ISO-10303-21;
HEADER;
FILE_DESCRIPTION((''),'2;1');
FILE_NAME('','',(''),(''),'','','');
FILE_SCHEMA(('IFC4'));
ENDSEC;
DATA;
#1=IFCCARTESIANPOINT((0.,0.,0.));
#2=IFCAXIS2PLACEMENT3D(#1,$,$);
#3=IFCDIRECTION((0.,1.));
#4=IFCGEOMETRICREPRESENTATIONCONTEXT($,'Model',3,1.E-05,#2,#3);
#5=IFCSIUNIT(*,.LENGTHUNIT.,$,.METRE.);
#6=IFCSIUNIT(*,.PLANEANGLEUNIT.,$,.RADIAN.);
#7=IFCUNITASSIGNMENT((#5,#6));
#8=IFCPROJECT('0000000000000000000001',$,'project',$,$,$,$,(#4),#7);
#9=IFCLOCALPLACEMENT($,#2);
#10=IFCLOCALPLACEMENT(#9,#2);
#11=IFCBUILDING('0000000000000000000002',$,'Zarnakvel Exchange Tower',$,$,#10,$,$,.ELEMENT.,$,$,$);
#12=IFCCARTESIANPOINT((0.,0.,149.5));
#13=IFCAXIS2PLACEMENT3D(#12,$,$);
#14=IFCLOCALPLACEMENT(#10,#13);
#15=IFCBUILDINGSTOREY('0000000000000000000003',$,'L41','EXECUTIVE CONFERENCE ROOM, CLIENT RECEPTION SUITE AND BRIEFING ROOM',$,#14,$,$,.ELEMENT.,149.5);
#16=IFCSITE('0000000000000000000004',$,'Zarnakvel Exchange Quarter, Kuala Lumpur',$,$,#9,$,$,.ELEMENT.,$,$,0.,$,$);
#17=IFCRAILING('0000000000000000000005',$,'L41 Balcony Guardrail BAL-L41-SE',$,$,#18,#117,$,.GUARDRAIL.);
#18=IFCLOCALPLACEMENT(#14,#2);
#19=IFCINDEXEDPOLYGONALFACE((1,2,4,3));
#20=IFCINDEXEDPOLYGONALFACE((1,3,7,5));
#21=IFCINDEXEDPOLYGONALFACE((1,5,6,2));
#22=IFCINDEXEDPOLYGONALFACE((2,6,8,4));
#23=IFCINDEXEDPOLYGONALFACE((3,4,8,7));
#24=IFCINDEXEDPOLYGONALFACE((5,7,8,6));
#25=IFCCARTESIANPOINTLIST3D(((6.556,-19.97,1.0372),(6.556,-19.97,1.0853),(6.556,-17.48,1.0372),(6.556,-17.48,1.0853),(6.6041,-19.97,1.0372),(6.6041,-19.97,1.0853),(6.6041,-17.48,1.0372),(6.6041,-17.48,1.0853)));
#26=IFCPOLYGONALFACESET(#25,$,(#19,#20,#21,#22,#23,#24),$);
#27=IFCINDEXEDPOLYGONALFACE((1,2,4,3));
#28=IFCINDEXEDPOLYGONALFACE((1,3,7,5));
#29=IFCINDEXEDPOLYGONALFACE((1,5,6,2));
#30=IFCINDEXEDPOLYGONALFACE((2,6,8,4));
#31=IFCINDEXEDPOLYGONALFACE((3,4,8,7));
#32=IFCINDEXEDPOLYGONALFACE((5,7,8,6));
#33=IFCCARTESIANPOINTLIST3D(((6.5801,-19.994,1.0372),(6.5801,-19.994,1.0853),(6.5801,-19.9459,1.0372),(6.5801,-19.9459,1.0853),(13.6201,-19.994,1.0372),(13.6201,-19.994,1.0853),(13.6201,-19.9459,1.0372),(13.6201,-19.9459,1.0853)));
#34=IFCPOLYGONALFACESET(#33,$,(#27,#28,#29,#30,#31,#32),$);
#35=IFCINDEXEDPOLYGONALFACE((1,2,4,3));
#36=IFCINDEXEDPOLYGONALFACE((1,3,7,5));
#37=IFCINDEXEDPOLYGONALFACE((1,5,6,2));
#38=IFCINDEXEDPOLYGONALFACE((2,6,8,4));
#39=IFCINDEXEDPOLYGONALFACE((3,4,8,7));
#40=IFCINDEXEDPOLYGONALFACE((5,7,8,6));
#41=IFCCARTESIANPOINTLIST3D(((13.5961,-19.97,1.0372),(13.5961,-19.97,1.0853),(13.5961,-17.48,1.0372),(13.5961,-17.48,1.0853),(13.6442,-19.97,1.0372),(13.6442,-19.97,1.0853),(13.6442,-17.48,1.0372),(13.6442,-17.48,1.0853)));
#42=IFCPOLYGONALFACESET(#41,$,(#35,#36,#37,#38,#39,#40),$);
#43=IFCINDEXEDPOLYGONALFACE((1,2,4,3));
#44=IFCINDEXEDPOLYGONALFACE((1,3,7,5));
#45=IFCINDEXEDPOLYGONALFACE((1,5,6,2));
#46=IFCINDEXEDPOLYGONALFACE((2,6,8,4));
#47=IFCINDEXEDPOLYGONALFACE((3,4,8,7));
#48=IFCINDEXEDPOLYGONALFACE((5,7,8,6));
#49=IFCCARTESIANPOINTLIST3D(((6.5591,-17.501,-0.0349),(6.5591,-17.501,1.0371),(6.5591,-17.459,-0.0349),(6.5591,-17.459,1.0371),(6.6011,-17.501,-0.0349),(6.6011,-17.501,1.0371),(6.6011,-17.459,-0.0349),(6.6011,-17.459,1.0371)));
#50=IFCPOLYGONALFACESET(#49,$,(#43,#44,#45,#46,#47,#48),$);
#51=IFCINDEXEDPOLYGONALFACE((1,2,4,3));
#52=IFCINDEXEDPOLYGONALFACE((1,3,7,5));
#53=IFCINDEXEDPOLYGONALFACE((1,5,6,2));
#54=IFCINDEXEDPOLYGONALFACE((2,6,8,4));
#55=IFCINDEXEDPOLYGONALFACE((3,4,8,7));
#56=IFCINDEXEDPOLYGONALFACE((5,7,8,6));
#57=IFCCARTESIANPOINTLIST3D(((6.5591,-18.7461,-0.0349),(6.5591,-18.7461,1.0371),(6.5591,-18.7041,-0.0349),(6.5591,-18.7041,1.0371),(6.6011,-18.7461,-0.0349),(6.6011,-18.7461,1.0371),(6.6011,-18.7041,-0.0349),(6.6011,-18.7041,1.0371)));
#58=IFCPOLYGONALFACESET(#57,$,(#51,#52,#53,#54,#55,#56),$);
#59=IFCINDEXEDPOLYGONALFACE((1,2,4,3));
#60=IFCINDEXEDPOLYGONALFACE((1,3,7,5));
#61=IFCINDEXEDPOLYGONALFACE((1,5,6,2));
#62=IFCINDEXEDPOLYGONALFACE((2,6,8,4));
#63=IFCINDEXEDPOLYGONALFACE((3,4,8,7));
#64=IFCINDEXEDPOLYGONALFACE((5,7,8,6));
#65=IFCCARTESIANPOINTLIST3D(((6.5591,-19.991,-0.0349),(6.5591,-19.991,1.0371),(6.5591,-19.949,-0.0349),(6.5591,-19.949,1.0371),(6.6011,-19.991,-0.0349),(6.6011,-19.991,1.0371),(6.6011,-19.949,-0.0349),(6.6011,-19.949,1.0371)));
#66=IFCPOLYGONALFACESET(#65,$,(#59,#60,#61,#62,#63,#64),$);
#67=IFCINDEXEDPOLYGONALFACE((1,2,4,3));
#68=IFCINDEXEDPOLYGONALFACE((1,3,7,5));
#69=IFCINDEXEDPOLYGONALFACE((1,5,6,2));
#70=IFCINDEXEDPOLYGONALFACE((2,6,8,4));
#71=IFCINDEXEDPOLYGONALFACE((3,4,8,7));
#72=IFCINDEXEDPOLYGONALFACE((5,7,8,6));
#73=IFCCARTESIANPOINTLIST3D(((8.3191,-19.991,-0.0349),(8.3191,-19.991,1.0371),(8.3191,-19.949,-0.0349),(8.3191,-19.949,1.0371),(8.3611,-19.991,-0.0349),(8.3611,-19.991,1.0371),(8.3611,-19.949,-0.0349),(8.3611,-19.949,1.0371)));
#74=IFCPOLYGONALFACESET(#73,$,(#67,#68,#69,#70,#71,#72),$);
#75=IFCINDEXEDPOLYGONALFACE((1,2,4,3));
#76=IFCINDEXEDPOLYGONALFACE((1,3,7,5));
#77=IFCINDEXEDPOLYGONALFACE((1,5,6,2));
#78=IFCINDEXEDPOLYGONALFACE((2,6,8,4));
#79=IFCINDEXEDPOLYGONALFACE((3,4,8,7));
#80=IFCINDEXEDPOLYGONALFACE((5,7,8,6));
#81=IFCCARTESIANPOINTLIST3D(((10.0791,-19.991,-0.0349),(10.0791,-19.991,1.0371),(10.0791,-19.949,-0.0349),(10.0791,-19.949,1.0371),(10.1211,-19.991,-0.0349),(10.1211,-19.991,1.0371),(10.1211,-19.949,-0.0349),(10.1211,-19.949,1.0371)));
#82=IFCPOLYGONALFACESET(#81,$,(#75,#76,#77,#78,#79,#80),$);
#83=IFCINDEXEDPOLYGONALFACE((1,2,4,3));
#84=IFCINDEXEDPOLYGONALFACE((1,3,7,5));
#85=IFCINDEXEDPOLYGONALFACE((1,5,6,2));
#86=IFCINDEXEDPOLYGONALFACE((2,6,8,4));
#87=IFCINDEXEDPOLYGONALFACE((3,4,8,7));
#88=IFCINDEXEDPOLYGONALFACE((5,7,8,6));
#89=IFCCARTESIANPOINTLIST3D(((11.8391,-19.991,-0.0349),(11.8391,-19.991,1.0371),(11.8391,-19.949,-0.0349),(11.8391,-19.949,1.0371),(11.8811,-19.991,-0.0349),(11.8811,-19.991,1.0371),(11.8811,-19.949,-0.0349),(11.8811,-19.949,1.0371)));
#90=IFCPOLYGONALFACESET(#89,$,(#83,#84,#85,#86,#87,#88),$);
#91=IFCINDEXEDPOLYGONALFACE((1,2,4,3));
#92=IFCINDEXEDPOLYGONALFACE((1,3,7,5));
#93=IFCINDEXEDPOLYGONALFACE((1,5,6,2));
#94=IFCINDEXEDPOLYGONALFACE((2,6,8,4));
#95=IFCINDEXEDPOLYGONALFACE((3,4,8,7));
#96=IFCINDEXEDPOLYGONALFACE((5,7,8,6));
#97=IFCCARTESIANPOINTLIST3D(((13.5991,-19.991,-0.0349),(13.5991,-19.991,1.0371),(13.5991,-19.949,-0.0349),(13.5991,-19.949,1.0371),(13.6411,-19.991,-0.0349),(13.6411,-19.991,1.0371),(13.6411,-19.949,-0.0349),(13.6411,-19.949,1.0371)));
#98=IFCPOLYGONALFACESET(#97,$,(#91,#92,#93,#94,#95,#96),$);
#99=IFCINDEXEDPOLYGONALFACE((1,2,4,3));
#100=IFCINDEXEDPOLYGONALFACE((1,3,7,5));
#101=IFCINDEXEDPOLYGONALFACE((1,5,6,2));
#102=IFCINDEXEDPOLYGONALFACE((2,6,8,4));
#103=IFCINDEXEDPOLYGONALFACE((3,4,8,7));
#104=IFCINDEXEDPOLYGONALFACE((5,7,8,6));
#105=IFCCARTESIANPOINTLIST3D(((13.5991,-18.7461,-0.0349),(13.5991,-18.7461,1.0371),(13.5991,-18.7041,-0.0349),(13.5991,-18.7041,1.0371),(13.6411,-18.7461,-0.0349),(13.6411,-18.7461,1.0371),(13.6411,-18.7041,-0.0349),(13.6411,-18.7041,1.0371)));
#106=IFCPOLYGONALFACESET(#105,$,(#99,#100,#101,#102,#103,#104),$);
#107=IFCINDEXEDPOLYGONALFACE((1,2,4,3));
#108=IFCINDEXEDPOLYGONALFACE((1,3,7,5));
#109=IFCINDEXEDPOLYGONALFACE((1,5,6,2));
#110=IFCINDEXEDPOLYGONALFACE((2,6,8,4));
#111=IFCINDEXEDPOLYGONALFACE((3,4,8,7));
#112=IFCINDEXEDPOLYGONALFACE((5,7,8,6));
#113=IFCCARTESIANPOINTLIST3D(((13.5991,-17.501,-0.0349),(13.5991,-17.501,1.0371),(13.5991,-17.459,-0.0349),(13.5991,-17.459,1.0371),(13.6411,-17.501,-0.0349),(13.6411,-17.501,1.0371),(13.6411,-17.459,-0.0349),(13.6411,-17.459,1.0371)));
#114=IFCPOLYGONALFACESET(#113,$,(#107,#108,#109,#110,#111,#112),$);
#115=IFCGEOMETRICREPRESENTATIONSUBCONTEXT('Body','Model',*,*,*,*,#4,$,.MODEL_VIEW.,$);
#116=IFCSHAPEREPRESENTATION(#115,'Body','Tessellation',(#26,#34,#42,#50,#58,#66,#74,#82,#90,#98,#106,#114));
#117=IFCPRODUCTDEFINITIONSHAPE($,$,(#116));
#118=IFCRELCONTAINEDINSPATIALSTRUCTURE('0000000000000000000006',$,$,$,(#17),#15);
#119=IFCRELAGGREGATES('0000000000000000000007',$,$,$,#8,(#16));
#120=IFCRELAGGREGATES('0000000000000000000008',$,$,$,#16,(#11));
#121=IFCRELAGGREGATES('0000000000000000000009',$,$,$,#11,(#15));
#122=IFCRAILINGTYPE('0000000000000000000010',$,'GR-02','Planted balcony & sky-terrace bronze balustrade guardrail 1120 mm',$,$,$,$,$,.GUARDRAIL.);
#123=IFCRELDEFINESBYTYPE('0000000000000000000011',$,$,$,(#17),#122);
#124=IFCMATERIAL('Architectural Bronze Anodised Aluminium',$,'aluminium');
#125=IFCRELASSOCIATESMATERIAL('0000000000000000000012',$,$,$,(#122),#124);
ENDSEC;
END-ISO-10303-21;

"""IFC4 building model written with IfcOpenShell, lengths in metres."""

from ifc_helpers import new_model, si_unit, direction, frame, origin, origin_2d, place, context, subcontext, project, spatial, rectangle, extrude, material, type_object, element, save


model = new_model("IFC4")

# Units and contexts
model_context = context("Model", 3, precision=1e-05, world=origin(), true_north=direction((0.0, 1.0)))
body_context = subcontext(model_context, "Body", "Model", "MODEL_VIEW")
ifc_project = project(units=[si_unit("LENGTHUNIT", "METRE"), si_unit("PLANEANGLEUNIT", "RADIAN")], contexts=[model_context])

# Site, building, storey
site_placement = place(None, origin())
site = spatial("IfcSite", under=ifc_project, at=site_placement, Name="Zarnakvel Exchange Quarter, Kuala Lumpur", CompositionType="ELEMENT", RefElevation=0.0)
building_placement = place(site_placement, origin())
building = spatial("IfcBuilding", under=site, at=building_placement, Name="Zarnakvel Exchange Tower", CompositionType="ELEMENT")
storey_placement = place(building_placement, frame((0.0, 0.0, 149.5)))
storey = spatial("IfcBuildingStorey", under=building, at=storey_placement, Name="L41", Description="EXECUTIVE CONFERENCE ROOM, CLIENT RECEPTION SUITE AND BRIEFING ROOM", CompositionType="ELEMENT", Elevation=149.5)

# Shared definitions
ifc_material_1 = material(Name="Architectural Bronze Anodised Aluminium", Category="aluminium")

# Railing
railing_type = type_object("IfcRailingType", Name="GR-02", Description="Planted balcony & sky-terrace bronze balustrade guardrail 1120 mm", PredefinedType="GUARDRAIL", material=ifc_material_1)
railing_placement = place(storey_placement, frame((6.5801, -17.48, -0.0349)))
element("IfcRailing", 1, at=railing_placement, inside=storey, type_object=railing_type, Name="L41 Balcony Guardrail BAL-L41-SE", PredefinedType="GUARDRAIL", context=body_context, shape_type="SweptSolid", body=[
    extrude(rectangle(XDim=0.0481, YDim=0.0481, at=origin_2d()), frame((0.0, 0.0, 1.0962), z_axis=(0.0, -1.0, 0.0), x_axis=(1.0, 0.0, 0.0)), (0.0, 0.0, 1.0), 2.49),
    extrude(rectangle(XDim=0.0481, YDim=0.0481, at=origin_2d()), frame((0.0, -2.49, 1.0962), z_axis=(1.0, 0.0, 0.0), x_axis=(0.0, 1.0, 0.0)), (0.0, 0.0, 1.0), 7.04),
    extrude(rectangle(XDim=0.0481, YDim=0.0481, at=origin_2d()), frame((7.04, -2.49, 1.0962), z_axis=(0.0, 1.0, 0.0), x_axis=(-1.0, 0.0, 0.0)), (0.0, 0.0, 1.0), 2.49),
    extrude(rectangle(XDim=0.042, YDim=0.042, at=origin_2d()), origin(), (0.0, 0.0, 1.0), 1.072),
    extrude(rectangle(XDim=0.042, YDim=0.042, at=origin_2d()), frame((0.0, -1.2451, 0.0)), (0.0, 0.0, 1.0), 1.072),
    extrude(rectangle(XDim=0.042, YDim=0.042, at=origin_2d()), frame((0.0, -2.49, 0.0)), (0.0, 0.0, 1.0), 1.072),
    extrude(rectangle(XDim=0.042, YDim=0.042, at=origin_2d()), frame((1.76, -2.49, 0.0)), (0.0, 0.0, 1.0), 1.072),
    extrude(rectangle(XDim=0.042, YDim=0.042, at=origin_2d()), frame((3.52, -2.49, 0.0)), (0.0, 0.0, 1.0), 1.072),
    extrude(rectangle(XDim=0.042, YDim=0.042, at=origin_2d()), frame((5.28, -2.49, 0.0)), (0.0, 0.0, 1.0), 1.072),
    extrude(rectangle(XDim=0.042, YDim=0.042, at=origin_2d()), frame((7.04, -2.49, 0.0)), (0.0, 0.0, 1.0), 1.072),
    extrude(rectangle(XDim=0.042, YDim=0.042, at=origin_2d()), frame((7.04, -1.2451, 0.0)), (0.0, 0.0, 1.0), 1.072),
    extrude(rectangle(XDim=0.042, YDim=0.042, at=origin_2d()), frame((7.04, 0.0, 0.0)), (0.0, 0.0, 1.0), 1.072),
])

save(model, "model.ifc")
